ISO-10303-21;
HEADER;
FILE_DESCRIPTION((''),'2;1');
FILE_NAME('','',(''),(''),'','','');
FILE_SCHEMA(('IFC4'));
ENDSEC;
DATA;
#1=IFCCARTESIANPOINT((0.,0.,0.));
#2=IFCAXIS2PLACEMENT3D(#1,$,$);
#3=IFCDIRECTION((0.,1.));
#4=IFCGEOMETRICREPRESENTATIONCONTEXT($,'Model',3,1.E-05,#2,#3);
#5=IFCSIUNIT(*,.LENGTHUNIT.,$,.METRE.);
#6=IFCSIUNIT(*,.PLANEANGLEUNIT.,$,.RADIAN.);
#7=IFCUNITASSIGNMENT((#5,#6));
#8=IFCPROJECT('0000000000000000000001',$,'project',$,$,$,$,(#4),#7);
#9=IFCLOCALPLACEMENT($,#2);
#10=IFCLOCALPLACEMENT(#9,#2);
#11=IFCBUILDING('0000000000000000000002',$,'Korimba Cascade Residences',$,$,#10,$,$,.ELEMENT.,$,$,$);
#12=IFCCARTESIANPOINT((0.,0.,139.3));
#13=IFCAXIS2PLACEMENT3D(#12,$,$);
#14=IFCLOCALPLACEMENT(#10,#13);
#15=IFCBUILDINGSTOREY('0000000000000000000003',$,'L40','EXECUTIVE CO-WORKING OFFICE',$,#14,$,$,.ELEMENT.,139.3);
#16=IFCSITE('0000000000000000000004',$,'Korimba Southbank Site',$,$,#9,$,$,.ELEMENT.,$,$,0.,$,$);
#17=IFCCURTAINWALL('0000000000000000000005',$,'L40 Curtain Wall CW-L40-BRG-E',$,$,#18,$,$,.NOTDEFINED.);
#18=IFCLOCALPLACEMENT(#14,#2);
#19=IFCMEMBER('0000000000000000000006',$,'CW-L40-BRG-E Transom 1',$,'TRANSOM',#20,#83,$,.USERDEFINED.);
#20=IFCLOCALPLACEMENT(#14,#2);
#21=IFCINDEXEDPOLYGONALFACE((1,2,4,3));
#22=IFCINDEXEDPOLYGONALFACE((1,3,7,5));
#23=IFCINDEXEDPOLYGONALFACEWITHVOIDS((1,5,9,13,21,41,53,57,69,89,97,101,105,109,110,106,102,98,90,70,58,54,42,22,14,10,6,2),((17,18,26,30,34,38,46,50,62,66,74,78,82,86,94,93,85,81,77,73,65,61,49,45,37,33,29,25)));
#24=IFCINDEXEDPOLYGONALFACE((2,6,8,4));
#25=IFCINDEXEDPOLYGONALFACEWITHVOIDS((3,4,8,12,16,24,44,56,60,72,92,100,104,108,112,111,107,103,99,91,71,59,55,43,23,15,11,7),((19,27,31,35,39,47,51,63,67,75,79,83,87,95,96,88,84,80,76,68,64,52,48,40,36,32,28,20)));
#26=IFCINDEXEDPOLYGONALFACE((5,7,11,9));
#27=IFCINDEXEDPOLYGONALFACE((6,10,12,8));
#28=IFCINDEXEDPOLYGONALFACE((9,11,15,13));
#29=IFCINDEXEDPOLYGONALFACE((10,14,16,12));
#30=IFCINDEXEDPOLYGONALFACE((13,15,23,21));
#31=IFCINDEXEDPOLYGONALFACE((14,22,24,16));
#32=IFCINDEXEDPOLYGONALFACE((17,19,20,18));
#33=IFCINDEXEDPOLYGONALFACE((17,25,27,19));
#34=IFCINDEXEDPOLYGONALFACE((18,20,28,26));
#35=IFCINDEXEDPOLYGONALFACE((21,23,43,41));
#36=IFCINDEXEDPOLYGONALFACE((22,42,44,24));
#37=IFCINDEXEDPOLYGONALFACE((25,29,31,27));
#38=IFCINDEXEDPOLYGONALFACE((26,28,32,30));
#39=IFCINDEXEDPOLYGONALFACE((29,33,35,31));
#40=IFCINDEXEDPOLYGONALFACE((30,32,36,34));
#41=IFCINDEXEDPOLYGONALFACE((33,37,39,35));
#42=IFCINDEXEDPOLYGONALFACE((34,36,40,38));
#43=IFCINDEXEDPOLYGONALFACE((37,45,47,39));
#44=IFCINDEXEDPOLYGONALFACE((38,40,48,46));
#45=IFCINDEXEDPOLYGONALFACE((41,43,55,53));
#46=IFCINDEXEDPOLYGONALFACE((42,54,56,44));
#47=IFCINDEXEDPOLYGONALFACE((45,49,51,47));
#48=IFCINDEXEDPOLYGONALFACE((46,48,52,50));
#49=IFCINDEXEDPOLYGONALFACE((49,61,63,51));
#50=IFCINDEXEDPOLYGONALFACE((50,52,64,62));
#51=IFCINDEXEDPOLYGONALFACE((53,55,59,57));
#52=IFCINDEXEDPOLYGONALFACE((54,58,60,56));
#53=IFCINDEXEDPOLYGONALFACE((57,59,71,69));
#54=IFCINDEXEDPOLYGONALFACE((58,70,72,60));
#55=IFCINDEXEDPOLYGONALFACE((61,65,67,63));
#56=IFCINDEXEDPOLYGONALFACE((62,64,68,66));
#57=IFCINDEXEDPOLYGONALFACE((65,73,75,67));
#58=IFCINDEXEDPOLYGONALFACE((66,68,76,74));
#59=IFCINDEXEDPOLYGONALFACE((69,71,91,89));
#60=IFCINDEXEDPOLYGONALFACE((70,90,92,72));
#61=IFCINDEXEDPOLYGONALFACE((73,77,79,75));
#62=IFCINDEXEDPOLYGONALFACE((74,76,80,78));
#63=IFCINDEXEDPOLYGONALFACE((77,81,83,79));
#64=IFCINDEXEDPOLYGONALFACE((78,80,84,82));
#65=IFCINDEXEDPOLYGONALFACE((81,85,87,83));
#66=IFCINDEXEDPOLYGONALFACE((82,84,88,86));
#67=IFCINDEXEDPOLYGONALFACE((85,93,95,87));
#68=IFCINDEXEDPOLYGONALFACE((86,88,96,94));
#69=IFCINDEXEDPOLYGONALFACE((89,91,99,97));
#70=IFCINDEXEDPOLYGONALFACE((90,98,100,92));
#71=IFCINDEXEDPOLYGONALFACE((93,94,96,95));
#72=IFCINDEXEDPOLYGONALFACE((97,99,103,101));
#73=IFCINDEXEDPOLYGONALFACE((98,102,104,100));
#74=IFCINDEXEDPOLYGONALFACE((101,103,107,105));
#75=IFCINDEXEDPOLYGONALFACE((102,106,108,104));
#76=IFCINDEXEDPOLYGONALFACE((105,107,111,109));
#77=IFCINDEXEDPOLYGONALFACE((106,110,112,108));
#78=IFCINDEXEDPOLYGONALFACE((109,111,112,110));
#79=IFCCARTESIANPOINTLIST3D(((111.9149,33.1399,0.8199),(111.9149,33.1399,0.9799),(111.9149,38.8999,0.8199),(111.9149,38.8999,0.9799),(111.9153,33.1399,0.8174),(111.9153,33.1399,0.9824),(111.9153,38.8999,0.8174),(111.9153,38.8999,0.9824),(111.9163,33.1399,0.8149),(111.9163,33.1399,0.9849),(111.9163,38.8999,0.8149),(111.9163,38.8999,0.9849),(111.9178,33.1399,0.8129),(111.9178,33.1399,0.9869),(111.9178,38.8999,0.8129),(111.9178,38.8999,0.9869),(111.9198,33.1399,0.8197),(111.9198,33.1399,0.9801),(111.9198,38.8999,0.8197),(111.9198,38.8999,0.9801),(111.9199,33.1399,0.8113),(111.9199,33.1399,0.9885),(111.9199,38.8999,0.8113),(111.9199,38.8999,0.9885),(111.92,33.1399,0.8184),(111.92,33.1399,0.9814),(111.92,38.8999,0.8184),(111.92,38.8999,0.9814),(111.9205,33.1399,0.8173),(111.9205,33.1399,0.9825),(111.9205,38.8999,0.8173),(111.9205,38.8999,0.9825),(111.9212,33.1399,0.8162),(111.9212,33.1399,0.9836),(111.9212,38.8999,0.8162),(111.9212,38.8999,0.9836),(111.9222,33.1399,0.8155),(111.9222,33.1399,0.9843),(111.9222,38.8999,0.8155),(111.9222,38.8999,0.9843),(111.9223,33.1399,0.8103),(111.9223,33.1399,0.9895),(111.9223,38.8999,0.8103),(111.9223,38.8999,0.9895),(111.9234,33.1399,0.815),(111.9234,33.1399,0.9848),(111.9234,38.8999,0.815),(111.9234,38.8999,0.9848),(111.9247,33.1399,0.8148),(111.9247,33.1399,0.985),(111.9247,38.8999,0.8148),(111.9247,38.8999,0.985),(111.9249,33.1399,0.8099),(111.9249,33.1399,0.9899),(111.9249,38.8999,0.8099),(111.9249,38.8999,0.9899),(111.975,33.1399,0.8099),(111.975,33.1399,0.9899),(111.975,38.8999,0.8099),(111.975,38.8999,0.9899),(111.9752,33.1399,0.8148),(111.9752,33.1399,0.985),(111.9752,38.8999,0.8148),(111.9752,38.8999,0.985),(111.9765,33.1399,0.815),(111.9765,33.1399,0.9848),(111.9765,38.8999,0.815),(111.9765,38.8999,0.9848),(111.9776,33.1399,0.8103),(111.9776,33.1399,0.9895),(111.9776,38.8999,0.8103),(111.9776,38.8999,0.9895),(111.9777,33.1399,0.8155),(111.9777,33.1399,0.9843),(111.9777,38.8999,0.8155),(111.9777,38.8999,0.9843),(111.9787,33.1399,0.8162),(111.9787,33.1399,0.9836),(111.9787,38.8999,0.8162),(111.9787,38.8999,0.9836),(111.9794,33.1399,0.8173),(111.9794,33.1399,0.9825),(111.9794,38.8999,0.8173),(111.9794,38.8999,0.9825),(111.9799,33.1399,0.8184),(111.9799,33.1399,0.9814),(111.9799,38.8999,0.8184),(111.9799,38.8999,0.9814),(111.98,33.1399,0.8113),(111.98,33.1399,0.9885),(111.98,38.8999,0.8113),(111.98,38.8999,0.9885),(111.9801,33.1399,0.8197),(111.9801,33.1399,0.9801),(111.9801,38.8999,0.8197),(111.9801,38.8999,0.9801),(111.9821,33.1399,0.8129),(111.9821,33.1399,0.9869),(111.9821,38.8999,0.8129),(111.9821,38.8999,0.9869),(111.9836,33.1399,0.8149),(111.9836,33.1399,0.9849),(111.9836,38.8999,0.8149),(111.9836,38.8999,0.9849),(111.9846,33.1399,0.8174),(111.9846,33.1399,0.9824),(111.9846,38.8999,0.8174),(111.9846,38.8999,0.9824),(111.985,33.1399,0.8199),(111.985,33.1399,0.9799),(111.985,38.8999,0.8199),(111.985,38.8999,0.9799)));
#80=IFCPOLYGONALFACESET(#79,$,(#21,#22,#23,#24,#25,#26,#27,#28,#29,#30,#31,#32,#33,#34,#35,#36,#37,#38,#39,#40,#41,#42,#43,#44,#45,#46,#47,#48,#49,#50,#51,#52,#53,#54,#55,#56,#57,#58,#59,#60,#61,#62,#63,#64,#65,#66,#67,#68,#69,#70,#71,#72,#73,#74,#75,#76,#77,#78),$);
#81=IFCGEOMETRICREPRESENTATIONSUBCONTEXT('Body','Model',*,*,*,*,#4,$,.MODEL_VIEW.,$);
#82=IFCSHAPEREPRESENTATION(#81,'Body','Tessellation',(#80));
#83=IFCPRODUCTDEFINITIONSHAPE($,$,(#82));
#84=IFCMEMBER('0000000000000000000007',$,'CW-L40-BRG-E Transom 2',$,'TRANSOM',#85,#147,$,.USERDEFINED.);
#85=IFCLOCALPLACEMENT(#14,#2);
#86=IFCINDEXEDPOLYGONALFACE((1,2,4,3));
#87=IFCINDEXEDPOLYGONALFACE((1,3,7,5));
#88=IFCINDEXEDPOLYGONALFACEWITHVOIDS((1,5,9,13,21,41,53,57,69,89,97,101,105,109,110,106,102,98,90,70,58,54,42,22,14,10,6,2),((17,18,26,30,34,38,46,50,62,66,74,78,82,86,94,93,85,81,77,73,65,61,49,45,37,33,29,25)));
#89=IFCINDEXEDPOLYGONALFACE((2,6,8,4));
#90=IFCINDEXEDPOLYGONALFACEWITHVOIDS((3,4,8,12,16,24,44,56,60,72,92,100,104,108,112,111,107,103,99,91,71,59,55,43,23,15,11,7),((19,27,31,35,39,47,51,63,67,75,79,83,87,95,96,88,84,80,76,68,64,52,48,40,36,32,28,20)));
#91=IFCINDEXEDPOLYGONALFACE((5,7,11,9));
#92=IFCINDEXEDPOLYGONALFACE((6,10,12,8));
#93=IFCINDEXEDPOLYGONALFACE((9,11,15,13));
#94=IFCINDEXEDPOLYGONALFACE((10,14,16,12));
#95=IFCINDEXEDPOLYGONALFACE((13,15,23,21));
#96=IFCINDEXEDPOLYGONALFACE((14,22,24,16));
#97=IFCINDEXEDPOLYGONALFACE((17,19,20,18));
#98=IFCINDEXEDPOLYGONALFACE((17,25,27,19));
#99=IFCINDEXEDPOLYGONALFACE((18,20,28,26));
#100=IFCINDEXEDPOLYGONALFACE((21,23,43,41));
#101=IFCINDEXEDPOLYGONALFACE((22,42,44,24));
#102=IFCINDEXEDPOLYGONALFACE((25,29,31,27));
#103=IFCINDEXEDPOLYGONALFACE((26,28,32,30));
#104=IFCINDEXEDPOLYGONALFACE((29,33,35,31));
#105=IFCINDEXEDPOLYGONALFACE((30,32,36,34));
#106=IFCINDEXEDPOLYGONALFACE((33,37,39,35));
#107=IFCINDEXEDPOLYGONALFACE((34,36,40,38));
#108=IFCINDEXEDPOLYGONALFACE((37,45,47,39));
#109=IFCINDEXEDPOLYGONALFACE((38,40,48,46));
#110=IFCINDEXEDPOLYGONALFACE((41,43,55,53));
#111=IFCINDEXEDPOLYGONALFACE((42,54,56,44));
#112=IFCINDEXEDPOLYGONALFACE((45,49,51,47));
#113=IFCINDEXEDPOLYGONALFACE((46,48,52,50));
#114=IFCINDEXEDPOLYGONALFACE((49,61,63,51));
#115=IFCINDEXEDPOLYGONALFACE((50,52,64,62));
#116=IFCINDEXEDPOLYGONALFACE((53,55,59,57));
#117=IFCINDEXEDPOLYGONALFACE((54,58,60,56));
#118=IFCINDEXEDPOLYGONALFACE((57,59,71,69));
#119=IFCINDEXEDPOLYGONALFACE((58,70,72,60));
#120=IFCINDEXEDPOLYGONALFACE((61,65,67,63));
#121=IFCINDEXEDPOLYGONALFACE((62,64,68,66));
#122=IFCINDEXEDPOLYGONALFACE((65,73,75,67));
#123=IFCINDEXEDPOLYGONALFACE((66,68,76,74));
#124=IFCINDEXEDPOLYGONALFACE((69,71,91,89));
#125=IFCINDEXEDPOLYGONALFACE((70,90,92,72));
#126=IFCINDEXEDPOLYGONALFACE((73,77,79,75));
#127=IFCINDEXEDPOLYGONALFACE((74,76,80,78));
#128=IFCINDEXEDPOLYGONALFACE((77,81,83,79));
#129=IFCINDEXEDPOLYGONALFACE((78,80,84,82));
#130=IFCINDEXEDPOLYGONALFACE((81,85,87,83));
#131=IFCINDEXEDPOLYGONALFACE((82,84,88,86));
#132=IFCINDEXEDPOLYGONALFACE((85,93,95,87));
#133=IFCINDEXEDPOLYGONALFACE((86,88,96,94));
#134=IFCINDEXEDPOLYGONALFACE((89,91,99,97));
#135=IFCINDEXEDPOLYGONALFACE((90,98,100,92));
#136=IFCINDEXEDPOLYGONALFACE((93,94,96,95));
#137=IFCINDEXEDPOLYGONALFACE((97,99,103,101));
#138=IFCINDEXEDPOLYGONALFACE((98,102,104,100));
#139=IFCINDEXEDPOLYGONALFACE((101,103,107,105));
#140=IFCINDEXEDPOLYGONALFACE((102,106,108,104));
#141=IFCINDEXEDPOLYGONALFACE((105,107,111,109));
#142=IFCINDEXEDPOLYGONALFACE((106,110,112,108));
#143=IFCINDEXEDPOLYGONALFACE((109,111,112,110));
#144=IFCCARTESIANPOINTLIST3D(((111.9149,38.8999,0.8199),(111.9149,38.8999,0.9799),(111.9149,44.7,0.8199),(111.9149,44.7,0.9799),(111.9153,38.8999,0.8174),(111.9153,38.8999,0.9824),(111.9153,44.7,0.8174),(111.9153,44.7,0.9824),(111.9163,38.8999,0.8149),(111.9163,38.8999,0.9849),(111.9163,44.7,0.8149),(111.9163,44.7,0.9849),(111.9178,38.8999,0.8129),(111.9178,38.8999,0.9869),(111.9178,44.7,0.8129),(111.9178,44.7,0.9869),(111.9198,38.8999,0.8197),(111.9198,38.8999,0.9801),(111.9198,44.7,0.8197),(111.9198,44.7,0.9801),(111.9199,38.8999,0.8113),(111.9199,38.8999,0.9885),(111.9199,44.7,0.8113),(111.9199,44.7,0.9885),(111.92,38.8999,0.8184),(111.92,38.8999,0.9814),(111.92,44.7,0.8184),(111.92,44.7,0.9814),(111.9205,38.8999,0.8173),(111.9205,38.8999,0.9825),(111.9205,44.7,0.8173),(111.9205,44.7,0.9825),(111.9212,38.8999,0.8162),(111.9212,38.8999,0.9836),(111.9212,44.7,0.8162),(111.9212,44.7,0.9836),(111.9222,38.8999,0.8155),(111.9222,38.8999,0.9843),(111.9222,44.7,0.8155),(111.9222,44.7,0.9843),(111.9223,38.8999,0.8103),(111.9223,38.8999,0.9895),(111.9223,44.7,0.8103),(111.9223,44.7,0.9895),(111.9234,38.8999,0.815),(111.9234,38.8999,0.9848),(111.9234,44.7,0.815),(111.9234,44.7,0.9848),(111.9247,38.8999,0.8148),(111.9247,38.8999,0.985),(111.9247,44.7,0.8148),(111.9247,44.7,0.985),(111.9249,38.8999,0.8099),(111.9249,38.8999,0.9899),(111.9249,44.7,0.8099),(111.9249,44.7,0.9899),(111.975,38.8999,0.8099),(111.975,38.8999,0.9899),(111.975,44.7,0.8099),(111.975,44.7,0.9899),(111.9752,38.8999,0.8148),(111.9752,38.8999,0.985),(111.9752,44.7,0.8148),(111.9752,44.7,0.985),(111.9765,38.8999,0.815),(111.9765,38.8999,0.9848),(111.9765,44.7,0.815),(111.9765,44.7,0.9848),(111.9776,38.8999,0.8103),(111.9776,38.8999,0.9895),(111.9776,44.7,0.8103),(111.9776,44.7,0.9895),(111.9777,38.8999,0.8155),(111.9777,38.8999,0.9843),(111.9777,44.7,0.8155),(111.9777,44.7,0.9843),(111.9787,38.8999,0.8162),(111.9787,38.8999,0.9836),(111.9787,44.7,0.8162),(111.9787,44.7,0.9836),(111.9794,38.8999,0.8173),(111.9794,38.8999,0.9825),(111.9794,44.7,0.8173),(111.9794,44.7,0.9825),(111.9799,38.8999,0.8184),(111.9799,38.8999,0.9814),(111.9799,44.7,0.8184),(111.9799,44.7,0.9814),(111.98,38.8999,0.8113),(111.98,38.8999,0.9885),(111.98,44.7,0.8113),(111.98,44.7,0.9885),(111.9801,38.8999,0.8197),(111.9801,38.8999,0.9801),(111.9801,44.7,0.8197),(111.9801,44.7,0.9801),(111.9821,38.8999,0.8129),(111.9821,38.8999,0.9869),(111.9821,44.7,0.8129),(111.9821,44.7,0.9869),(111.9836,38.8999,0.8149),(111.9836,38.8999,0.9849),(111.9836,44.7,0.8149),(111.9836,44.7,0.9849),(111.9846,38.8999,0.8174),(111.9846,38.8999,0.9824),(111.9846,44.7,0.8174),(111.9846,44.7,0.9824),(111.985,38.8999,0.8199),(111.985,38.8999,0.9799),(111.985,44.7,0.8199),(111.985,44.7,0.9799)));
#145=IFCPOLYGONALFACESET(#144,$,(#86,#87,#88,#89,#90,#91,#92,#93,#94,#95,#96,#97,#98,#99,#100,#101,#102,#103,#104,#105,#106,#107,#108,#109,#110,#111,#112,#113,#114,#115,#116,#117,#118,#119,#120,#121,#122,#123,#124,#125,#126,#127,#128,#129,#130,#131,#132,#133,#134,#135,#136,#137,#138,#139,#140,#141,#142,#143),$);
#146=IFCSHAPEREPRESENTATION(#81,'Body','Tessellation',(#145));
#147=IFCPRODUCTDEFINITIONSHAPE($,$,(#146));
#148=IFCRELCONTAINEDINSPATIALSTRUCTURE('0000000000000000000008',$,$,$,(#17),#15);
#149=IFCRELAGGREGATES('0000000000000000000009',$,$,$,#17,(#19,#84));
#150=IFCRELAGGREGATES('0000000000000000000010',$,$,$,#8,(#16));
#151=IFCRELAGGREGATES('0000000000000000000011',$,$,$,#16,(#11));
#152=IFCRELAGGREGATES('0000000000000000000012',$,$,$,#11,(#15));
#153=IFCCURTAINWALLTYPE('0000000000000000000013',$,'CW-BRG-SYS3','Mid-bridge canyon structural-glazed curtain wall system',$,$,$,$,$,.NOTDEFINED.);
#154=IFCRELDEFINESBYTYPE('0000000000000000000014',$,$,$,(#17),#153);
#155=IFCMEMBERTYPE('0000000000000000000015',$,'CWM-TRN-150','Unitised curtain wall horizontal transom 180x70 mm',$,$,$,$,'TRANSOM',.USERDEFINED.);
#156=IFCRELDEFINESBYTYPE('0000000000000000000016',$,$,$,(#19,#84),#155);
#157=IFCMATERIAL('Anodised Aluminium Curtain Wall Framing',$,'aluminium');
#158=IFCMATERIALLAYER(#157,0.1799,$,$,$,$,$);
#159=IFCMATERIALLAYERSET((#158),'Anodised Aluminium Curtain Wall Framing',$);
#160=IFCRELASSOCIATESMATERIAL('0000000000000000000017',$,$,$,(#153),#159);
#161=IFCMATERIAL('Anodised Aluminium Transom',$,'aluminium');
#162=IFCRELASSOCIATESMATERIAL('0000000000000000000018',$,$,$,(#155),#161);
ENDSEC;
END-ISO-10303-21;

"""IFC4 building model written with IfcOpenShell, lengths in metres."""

from ifc_helpers import new_model, si_unit, direction, frame, origin, origin_2d, place, context, subcontext, project, spatial, hollow_rectangle, extrude, material, layer, layer_set, material_profile, profile_set, type_object, element, aggregate, save


model = new_model("IFC4")

# Units and contexts
model_context = context("Model", 3, precision=1e-05, world=origin(), true_north=direction((0.0, 1.0)))
body_context = subcontext(model_context, "Body", "Model", "MODEL_VIEW")
ifc_project = project(units=[si_unit("LENGTHUNIT", "METRE"), si_unit("PLANEANGLEUNIT", "RADIAN")], contexts=[model_context])

# Site, building, storey
site_placement = place(None, origin())
site = spatial("IfcSite", under=ifc_project, at=site_placement, Name="Korimba Southbank Site", CompositionType="ELEMENT", RefElevation=0.0)
building_placement = place(site_placement, origin())
building = spatial("IfcBuilding", under=site, at=building_placement, Name="Korimba Cascade Residences", CompositionType="ELEMENT")
storey_placement = place(building_placement, frame((0.0, 0.0, 139.3)))
storey = spatial("IfcBuildingStorey", under=building, at=storey_placement, Name="L40", Description="EXECUTIVE CO-WORKING OFFICE", CompositionType="ELEMENT", Elevation=139.3)

# Curtain wall, members
ifc_material_1 = material(Name="Anodised Aluminium Curtain Wall Framing", Category="aluminium")
ifc_layer_1 = layer(ifc_material_1, 0.1799)
ifc_layer_set_1 = layer_set([ifc_layer_1], Name="Anodised Aluminium Curtain Wall Framing")
curtain_wall_type = type_object("IfcCurtainWallType", Name="CW-BRG-SYS3", Description="Mid-bridge canyon structural-glazed curtain wall system", PredefinedType="NOTDEFINED", material=ifc_layer_set_1)
curtain_wall_placement = place(storey_placement, origin())
curtain_wall = element("IfcCurtainWall", 1, at=curtain_wall_placement, inside=storey, type_object=curtain_wall_type, Name="L40 Curtain Wall CW-L40-BRG-E", PredefinedType="NOTDEFINED")
ifc_material_2 = material(Name="Anodised Aluminium Transom", Category="aluminium")
ifc_material_profile_1 = material_profile(ifc_material_2, hollow_rectangle(XDim=0.0701, YDim=0.1799, WallThickness=0.0049, InnerFilletRadius=0.0049, OuterFilletRadius=0.01, at=origin_2d()), Name="Anodised Aluminium Transom")
ifc_profile_set_1 = profile_set([ifc_material_profile_1], Name="Anodised Aluminium Transom")
member_type_1 = type_object("IfcMemberType", Name="CWM-TRN-150", Description="Unitised curtain wall horizontal transom 180x70 mm", ElementType="TRANSOM", PredefinedType="USERDEFINED", material=ifc_profile_set_1)
member_1_placement = place(storey_placement, frame((111.95, 33.1399, 0.8999), z_axis=(0.0, 1.0, 0.0), x_axis=(-1.0, 0.0, 0.0)))
member_1 = element("IfcMember", 2, at=member_1_placement, type_object=member_type_1, Name="CW-L40-BRG-E Transom 1", ObjectType="TRANSOM", PredefinedType="USERDEFINED", context=body_context, shape_type="SweptSolid", body=[
    extrude(hollow_rectangle(XDim=0.0701, YDim=0.1799, WallThickness=0.0049, InnerFilletRadius=0.0049, OuterFilletRadius=0.01, at=origin_2d()), origin(), (0.0, 0.0, 1.0), 5.76),
])
member_2_placement = place(storey_placement, frame((111.95, 38.8999, 0.8999), z_axis=(0.0, 1.0, 0.0), x_axis=(-1.0, 0.0, 0.0)))
member_2 = element("IfcMember", 3, at=member_2_placement, type_object=member_type_1, Name="CW-L40-BRG-E Transom 2", ObjectType="TRANSOM", PredefinedType="USERDEFINED", context=body_context, shape_type="SweptSolid", body=[
    extrude(hollow_rectangle(XDim=0.0701, YDim=0.1799, WallThickness=0.0049, InnerFilletRadius=0.0049, OuterFilletRadius=0.01, at=origin_2d()), origin(), (0.0, 0.0, 1.0), 5.8),
])

aggregate(curtain_wall, [member_1, member_2])

save(model, "model.ifc")
